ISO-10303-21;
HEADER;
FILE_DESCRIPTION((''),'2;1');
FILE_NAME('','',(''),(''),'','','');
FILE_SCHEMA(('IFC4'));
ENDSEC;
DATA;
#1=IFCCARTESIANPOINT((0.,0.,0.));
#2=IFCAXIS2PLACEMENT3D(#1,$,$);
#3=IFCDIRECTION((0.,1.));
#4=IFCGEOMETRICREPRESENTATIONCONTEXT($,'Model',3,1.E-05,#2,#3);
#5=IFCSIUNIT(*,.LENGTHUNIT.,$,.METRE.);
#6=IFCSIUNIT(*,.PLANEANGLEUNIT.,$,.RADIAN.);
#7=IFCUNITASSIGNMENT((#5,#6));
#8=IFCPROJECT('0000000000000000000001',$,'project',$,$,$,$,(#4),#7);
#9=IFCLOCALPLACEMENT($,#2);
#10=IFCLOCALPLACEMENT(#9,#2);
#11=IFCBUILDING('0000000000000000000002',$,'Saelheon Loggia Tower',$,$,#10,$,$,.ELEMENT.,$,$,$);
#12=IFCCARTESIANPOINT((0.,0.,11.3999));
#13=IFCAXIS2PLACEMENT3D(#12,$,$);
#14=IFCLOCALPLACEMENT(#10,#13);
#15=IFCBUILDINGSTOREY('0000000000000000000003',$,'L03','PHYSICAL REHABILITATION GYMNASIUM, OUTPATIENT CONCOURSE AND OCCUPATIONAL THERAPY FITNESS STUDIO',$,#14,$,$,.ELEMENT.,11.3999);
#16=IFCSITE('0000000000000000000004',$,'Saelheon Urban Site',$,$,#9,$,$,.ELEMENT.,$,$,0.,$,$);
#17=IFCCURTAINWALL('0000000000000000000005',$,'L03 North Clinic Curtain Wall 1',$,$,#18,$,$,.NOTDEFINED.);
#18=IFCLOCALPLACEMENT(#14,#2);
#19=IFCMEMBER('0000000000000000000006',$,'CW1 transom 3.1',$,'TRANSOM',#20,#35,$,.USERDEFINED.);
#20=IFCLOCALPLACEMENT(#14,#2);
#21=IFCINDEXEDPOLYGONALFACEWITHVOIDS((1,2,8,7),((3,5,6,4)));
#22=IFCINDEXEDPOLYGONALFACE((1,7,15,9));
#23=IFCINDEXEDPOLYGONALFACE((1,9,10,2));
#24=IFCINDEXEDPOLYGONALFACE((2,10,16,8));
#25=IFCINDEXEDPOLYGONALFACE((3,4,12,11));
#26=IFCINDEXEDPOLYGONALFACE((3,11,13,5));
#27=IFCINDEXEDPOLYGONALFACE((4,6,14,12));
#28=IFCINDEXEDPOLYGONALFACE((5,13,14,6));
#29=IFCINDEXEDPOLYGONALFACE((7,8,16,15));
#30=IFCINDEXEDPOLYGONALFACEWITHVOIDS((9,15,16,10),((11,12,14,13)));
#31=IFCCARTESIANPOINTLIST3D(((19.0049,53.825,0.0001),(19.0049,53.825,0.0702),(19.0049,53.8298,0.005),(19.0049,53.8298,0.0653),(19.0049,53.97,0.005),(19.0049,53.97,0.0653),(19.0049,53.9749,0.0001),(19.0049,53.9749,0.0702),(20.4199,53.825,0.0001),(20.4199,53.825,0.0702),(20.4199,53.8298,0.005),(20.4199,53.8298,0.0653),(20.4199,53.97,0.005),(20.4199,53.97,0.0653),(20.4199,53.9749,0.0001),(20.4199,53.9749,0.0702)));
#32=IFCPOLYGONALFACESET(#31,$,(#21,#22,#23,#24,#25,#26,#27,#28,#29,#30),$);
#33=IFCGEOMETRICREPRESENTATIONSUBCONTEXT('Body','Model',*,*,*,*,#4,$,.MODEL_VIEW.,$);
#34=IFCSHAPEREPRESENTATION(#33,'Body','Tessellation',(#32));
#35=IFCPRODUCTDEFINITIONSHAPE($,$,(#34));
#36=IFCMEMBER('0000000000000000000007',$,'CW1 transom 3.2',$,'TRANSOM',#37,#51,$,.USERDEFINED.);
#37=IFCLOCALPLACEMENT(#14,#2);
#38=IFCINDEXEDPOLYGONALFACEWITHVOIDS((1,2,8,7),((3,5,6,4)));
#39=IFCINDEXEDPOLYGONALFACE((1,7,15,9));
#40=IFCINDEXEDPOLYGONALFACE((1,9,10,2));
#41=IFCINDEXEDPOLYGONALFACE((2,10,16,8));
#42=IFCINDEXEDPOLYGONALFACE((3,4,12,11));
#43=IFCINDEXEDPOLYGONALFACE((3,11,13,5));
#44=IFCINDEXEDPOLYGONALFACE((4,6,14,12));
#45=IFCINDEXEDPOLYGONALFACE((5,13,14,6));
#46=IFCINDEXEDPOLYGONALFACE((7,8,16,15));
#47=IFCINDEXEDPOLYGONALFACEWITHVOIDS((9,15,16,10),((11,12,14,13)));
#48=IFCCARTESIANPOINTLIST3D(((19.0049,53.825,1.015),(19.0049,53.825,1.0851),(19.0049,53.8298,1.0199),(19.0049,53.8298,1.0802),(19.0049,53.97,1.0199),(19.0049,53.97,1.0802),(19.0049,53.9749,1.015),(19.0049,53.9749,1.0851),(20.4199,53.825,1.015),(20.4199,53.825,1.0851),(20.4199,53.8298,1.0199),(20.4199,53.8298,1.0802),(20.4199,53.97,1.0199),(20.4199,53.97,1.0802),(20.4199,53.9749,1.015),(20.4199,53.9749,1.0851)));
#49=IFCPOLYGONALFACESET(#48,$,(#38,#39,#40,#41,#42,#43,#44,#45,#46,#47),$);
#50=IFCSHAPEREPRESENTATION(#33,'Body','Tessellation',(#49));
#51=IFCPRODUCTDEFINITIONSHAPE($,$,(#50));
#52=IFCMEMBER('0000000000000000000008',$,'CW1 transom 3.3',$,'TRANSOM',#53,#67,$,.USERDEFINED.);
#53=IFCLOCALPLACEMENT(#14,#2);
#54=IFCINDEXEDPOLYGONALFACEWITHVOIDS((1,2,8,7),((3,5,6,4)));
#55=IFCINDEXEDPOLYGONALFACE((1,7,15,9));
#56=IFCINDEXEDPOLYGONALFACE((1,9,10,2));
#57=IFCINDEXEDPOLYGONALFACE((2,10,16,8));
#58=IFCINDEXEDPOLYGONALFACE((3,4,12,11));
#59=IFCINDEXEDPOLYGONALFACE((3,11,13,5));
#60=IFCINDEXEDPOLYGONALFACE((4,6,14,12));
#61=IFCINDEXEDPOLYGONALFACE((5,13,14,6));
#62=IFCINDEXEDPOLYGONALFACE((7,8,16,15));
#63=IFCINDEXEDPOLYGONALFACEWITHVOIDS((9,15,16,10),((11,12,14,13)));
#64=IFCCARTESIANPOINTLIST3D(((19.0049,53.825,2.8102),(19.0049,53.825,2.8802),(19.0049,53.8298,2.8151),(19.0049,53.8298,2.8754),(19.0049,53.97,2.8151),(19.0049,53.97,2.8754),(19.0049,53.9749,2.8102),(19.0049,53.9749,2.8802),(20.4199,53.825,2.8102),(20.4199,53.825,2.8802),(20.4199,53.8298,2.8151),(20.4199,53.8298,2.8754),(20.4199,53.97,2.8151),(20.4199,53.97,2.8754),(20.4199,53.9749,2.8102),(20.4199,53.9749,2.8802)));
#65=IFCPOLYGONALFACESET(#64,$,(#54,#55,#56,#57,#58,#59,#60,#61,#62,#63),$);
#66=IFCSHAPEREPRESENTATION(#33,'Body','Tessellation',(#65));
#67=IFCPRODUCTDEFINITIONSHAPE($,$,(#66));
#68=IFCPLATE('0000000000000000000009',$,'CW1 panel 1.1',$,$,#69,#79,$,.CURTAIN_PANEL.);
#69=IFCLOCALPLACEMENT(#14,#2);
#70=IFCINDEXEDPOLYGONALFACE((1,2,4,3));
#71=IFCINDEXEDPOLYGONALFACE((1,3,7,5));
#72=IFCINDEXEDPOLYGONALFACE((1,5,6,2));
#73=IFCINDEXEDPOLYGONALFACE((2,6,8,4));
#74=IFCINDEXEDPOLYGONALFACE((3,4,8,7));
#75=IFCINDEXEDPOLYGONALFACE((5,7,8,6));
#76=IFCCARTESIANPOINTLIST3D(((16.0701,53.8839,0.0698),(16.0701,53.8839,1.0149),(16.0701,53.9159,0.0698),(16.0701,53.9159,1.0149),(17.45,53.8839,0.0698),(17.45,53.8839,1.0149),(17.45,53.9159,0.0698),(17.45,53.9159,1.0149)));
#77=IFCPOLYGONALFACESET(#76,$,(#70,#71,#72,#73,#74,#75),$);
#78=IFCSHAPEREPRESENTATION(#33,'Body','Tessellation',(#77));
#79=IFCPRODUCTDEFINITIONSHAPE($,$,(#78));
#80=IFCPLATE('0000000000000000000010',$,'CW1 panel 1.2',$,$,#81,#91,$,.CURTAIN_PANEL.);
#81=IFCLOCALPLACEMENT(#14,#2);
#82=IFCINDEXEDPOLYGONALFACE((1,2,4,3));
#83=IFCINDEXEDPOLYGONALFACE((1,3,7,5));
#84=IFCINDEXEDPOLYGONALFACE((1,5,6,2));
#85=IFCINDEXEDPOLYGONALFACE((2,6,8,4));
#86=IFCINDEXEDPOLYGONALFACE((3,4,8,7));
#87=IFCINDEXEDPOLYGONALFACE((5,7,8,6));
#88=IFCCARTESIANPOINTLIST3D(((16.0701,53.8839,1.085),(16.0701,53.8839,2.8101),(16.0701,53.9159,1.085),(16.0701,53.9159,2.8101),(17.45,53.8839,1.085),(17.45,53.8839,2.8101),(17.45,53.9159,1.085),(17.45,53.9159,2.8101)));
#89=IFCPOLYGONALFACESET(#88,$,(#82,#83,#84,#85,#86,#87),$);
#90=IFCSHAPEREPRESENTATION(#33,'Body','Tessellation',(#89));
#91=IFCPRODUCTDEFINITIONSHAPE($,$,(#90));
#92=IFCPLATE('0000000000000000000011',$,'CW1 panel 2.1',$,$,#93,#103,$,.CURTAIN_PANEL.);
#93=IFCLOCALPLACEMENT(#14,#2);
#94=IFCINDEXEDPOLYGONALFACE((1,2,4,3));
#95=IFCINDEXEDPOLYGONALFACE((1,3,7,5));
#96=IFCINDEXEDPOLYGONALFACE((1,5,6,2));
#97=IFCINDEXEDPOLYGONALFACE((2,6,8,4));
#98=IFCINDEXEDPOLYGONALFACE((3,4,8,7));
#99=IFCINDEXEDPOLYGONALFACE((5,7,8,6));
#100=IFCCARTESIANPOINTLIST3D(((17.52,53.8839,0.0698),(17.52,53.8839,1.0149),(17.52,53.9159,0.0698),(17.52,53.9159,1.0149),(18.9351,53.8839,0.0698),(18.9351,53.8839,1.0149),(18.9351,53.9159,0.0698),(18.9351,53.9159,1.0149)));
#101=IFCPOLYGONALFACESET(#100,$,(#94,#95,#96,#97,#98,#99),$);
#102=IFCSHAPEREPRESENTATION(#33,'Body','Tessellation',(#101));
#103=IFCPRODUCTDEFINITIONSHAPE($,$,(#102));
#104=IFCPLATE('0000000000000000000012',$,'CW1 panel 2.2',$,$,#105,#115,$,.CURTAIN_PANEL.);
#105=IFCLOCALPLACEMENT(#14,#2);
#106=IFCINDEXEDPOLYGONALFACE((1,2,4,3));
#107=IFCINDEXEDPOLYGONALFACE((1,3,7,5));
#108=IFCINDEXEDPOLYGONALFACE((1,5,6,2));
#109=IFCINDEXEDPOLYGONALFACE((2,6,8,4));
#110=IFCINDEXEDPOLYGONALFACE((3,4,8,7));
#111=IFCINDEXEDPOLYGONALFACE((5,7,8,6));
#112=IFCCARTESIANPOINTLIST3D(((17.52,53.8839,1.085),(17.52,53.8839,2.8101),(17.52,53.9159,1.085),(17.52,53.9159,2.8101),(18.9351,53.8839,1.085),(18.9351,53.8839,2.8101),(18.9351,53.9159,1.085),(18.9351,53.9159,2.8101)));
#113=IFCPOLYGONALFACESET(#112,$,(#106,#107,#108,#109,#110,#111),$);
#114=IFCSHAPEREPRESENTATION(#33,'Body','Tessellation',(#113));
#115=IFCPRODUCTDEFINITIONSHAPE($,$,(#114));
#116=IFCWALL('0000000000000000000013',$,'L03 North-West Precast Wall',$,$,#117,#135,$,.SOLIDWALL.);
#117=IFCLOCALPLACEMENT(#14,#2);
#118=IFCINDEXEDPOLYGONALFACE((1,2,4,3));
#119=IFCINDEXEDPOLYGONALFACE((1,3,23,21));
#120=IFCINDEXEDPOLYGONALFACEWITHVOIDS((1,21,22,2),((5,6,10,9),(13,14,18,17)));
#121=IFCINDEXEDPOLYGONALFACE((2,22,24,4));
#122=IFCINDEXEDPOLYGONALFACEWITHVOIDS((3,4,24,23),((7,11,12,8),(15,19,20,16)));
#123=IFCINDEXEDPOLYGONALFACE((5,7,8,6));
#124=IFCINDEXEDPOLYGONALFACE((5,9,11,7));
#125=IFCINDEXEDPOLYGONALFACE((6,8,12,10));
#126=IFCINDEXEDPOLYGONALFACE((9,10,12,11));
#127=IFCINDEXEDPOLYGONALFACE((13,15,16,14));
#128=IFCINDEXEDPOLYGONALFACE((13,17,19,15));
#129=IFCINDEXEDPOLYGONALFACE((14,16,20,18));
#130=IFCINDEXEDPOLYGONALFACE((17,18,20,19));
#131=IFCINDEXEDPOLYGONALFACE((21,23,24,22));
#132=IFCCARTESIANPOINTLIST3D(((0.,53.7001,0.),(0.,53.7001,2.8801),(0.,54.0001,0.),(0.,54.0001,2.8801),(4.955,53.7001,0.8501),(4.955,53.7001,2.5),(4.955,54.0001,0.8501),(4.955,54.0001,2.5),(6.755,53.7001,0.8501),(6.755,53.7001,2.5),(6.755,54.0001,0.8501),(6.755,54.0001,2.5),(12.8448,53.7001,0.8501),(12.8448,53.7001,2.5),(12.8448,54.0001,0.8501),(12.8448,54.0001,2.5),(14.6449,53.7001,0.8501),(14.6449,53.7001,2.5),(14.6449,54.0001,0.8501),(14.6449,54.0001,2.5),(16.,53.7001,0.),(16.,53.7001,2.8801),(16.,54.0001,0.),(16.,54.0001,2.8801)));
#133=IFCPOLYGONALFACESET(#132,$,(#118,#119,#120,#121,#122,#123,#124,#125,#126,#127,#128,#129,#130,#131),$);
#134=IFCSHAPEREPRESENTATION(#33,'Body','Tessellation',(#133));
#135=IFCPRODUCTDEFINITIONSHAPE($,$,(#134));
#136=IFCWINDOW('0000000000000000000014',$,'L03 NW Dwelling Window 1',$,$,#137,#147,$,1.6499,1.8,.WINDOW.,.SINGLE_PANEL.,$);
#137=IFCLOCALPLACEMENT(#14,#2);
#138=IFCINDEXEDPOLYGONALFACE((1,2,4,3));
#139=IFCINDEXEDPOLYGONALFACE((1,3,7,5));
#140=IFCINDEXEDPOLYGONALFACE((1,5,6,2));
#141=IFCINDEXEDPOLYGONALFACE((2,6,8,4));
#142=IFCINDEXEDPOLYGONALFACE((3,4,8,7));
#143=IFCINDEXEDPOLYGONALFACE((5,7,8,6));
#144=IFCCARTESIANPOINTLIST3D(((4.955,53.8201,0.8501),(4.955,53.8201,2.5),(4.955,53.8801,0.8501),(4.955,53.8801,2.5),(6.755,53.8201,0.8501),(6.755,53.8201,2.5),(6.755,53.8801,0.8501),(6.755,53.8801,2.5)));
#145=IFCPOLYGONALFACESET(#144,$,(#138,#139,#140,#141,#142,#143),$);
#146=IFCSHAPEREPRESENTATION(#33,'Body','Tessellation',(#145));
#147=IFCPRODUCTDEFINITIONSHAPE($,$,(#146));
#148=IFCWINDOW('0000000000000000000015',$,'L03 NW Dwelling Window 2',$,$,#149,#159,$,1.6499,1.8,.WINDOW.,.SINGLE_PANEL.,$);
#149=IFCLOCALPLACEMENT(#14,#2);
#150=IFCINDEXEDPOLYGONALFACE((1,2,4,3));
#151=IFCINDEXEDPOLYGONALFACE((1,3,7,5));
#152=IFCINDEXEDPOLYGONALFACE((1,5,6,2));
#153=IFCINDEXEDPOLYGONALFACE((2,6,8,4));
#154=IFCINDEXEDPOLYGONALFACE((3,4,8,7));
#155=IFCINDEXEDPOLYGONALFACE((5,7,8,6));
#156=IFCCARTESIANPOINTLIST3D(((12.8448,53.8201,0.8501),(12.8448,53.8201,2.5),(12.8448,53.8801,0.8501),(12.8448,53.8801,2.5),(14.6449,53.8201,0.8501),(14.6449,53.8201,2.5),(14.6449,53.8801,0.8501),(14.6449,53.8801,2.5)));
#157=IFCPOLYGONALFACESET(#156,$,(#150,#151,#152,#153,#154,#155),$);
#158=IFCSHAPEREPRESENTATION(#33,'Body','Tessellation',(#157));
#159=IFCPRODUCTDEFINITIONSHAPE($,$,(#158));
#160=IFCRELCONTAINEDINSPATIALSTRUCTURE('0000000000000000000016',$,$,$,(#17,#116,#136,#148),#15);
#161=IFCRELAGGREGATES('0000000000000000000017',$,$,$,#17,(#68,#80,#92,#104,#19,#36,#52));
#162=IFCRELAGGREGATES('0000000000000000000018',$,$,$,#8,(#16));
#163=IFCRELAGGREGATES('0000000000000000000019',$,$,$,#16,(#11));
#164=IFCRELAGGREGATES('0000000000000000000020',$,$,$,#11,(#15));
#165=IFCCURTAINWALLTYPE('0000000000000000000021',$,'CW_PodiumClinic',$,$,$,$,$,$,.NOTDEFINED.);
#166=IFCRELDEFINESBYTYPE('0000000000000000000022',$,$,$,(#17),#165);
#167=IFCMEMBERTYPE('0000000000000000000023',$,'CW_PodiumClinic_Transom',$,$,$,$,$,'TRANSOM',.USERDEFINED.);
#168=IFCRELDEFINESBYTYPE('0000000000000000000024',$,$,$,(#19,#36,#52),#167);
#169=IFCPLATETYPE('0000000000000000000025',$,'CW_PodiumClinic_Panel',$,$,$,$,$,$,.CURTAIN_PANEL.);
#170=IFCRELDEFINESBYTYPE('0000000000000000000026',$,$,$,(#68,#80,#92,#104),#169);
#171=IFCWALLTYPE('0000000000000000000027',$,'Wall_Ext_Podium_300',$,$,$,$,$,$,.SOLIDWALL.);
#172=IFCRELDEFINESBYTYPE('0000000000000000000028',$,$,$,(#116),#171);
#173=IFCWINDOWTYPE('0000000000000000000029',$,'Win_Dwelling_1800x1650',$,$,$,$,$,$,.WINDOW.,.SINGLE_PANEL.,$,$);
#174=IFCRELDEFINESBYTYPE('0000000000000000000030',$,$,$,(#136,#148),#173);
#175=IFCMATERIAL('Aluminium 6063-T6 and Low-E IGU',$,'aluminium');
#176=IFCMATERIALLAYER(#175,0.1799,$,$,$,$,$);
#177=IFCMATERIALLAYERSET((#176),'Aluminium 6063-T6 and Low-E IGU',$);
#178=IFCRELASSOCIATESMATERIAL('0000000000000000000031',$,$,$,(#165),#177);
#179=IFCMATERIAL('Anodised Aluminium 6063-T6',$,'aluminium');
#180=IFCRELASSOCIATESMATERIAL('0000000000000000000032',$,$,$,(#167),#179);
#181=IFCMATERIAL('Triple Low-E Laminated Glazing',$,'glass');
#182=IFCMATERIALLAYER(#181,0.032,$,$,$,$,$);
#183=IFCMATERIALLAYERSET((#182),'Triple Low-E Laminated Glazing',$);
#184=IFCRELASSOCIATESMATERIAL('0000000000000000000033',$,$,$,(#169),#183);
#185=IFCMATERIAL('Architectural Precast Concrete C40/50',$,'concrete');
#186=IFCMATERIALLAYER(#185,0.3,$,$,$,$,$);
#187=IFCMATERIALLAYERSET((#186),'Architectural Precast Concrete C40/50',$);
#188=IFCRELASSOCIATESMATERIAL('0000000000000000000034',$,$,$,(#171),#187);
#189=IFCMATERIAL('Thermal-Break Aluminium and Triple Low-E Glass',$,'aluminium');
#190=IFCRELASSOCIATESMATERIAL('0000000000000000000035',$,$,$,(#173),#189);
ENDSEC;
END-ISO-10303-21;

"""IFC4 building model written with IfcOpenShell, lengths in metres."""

from ifc_helpers import new_model, si_unit, direction, frame, frame_2d, origin, origin_2d, place, context, subcontext, project, spatial, rectangle, hollow_rectangle, extrude, source, transform, mapped, material, layer, layer_set, material_profile, profile_set, type_object, element, fill, aggregate, save


model = new_model("IFC4")

# Units and contexts
model_context = context("Model", 3, precision=1e-05, world=origin(), true_north=direction((0.0, 1.0)))
body_context = subcontext(model_context, "Body", "Model", "MODEL_VIEW")
ifc_project = project(units=[si_unit("LENGTHUNIT", "METRE"), si_unit("PLANEANGLEUNIT", "RADIAN")], contexts=[model_context])

# Site, building, storey
site_placement = place(None, origin())
site = spatial("IfcSite", under=ifc_project, at=site_placement, Name="Saelheon Urban Site", CompositionType="ELEMENT", RefElevation=0.0)
building_placement = place(site_placement, origin())
building = spatial("IfcBuilding", under=site, at=building_placement, Name="Saelheon Loggia Tower", CompositionType="ELEMENT")
storey_placement = place(building_placement, frame((0.0, 0.0, 11.3999)))
storey = spatial("IfcBuildingStorey", under=building, at=storey_placement, Name="L03", Description="PHYSICAL REHABILITATION GYMNASIUM, OUTPATIENT CONCOURSE AND OCCUPATIONAL THERAPY FITNESS STUDIO", CompositionType="ELEMENT", Elevation=11.3999)

# Curtain wall, members, plates
ifc_material_1 = material(Name="Aluminium 6063-T6 and Low-E IGU", Category="aluminium")
ifc_layer_1 = layer(ifc_material_1, 0.1799)
ifc_layer_set_1 = layer_set([ifc_layer_1], Name="Aluminium 6063-T6 and Low-E IGU")
curtain_wall_type = type_object("IfcCurtainWallType", Name="CW_PodiumClinic", PredefinedType="NOTDEFINED", material=ifc_layer_set_1)
curtain_wall_placement = place(storey_placement, origin())
curtain_wall = element("IfcCurtainWall", 1, at=curtain_wall_placement, inside=storey, type_object=curtain_wall_type, Name="L03 North Clinic Curtain Wall 1", PredefinedType="NOTDEFINED")
ifc_material_2 = material(Name="Anodised Aluminium 6063-T6", Category="aluminium")
ifc_material_profile_1 = material_profile(ifc_material_2, hollow_rectangle(XDim=0.0701, YDim=0.1499, WallThickness=0.0049, at=origin_2d()), Name="RHS-150x70x5")
ifc_profile_set_1 = profile_set([ifc_material_profile_1], Name="Anodised Aluminium 6063-T6")
member_type_1 = type_object("IfcMemberType", Name="CW_PodiumClinic_Transom", ElementType="TRANSOM", PredefinedType="USERDEFINED", material=ifc_profile_set_1)
shared_shape_1 = source(origin(), body_context, "Body", "SweptSolid", [
    extrude(hollow_rectangle(XDim=0.0701, YDim=0.1499, WallThickness=0.0049, at=origin_2d()), origin(), (0.0, 0.0, 1.0), 1.415),
])
member_1_placement = place(storey_placement, frame((19.0049, 53.8999, 0.0352), z_axis=(1.0, 0.0, 0.0), x_axis=(0.0, 0.0, 1.0)))
member_1 = element("IfcMember", 2, at=member_1_placement, type_object=member_type_1, Name="CW1 transom 3.1", ObjectType="TRANSOM", PredefinedType="USERDEFINED", context=body_context, shape_type="MappedRepresentation", body=[
    mapped(shared_shape_1, transform((0.0, 0.0, 0.0), scale=1.0)),
])
member_2_placement = place(storey_placement, frame((19.0049, 53.8999, 1.05), z_axis=(1.0, 0.0, 0.0), x_axis=(0.0, 0.0, 1.0)))
member_2 = element("IfcMember", 3, at=member_2_placement, type_object=member_type_1, Name="CW1 transom 3.2", ObjectType="TRANSOM", PredefinedType="USERDEFINED", context=body_context, shape_type="MappedRepresentation", body=[
    mapped(shared_shape_1, transform((0.0, 0.0, 0.0), scale=1.0)),
])
member_3_placement = place(storey_placement, frame((19.0049, 53.8999, 2.8452), z_axis=(1.0, 0.0, 0.0), x_axis=(0.0, 0.0, 1.0)))
member_3 = element("IfcMember", 4, at=member_3_placement, type_object=member_type_1, Name="CW1 transom 3.3", ObjectType="TRANSOM", PredefinedType="USERDEFINED", context=body_context, shape_type="MappedRepresentation", body=[
    mapped(shared_shape_1, transform((0.0, 0.0, 0.0), scale=1.0)),
])
ifc_material_3 = material(Name="Triple Low-E Laminated Glazing", Category="glass")
ifc_layer_2 = layer(ifc_material_3, 0.032)
ifc_layer_set_2 = layer_set([ifc_layer_2], Name="Triple Low-E Laminated Glazing")
plate_type = type_object("IfcPlateType", Name="CW_PodiumClinic_Panel", PredefinedType="CURTAIN_PANEL", material=ifc_layer_set_2)
shared_shape_2 = source(origin(), body_context, "Body", "SweptSolid", [
    extrude(rectangle(XDim=1.3799, YDim=0.032, at=origin_2d()), origin(), (0.0, 0.0, 1.0), 0.9451),
])
plate_1_placement = place(storey_placement, frame((16.76, 53.8999, 0.0698), z_axis=(0.0, 0.0, 1.0), x_axis=(1.0, 0.0, 0.0)))
plate_1 = element("IfcPlate", 5, at=plate_1_placement, type_object=plate_type, Name="CW1 panel 1.1", PredefinedType="CURTAIN_PANEL", context=body_context, shape_type="MappedRepresentation", body=[
    mapped(shared_shape_2, transform((0.0, 0.0, 0.0), scale=1.0)),
])
shared_shape_3 = source(origin(), body_context, "Body", "SweptSolid", [
    extrude(rectangle(XDim=1.3799, YDim=0.032, at=origin_2d()), origin(), (0.0, 0.0, 1.0), 1.7251),
])
plate_2_placement = place(storey_placement, frame((16.76, 53.8999, 1.085), z_axis=(0.0, 0.0, 1.0), x_axis=(1.0, 0.0, 0.0)))
plate_2 = element("IfcPlate", 6, at=plate_2_placement, type_object=plate_type, Name="CW1 panel 1.2", PredefinedType="CURTAIN_PANEL", context=body_context, shape_type="MappedRepresentation", body=[
    mapped(shared_shape_3, transform((0.0, 0.0, 0.0), scale=1.0)),
])
shared_shape_4 = source(origin(), body_context, "Body", "SweptSolid", [
    extrude(rectangle(XDim=1.415, YDim=0.032, at=origin_2d()), origin(), (0.0, 0.0, 1.0), 0.9451),
])
plate_3_placement = place(storey_placement, frame((18.2275, 53.8999, 0.0698), z_axis=(0.0, 0.0, 1.0), x_axis=(1.0, 0.0, 0.0)))
plate_3 = element("IfcPlate", 7, at=plate_3_placement, type_object=plate_type, Name="CW1 panel 2.1", PredefinedType="CURTAIN_PANEL", context=body_context, shape_type="MappedRepresentation", body=[
    mapped(shared_shape_4, transform((0.0, 0.0, 0.0), scale=1.0)),
])
shared_shape_5 = source(origin(), body_context, "Body", "SweptSolid", [
    extrude(rectangle(XDim=1.415, YDim=0.032, at=origin_2d()), origin(), (0.0, 0.0, 1.0), 1.7251),
])
plate_4_placement = place(storey_placement, frame((18.2275, 53.8999, 1.085), z_axis=(0.0, 0.0, 1.0), x_axis=(1.0, 0.0, 0.0)))
plate_4 = element("IfcPlate", 8, at=plate_4_placement, type_object=plate_type, Name="CW1 panel 2.2", PredefinedType="CURTAIN_PANEL", context=body_context, shape_type="MappedRepresentation", body=[
    mapped(shared_shape_5, transform((0.0, 0.0, 0.0), scale=1.0)),
])
aggregate(curtain_wall, [plate_1, plate_2, plate_3, plate_4, member_1, member_2, member_3])

# Wall, openings, windows
ifc_material_4 = material(Name="Architectural Precast Concrete C40/50", Category="concrete")
ifc_layer_3 = layer(ifc_material_4, 0.3)
ifc_layer_set_3 = layer_set([ifc_layer_3], Name="Architectural Precast Concrete C40/50")
wall_type = type_object("IfcWallType", Name="Wall_Ext_Podium_300", PredefinedType="SOLIDWALL", material=ifc_layer_set_3)
wall_placement = place(storey_placement, frame((0.0, 53.8501, 0.0), z_axis=(0.0, 0.0, 1.0), x_axis=(1.0, 0.0, 0.0)))
wall = element("IfcWall", 9, at=wall_placement, inside=storey, type_object=wall_type, Name="L03 North-West Precast Wall", PredefinedType="SOLIDWALL", context=body_context, shape_type="SweptSolid", body=[
    extrude(rectangle(XDim=16.0, YDim=0.3, at=frame_2d((8.0, 0.0))), origin(), (0.0, 0.0, 1.0), 2.8801),
])
opening_1_placement = place(wall_placement, frame((4.9551, 0.0, 0.8501)))
opening_1 = element("IfcOpeningElement", 10, at=opening_1_placement, cuts=wall, PredefinedType="OPENING", context=body_context, shape_type="SweptSolid", body=[
    extrude(rectangle(XDim=1.8, YDim=1.6499, at=frame_2d((0.8999, 0.825))), frame((0.0, 0.1621, 0.0), z_axis=(0.0, -1.0, 0.0), x_axis=(1.0, 0.0, 0.0)), (0.0, 0.0, 1.0), 0.324),
])
opening_2_placement = place(wall_placement, frame((12.845, 0.0, 0.8501)))
opening_2 = element("IfcOpeningElement", 11, at=opening_2_placement, cuts=wall, PredefinedType="OPENING", context=body_context, shape_type="SweptSolid", body=[
    extrude(rectangle(XDim=1.8, YDim=1.6499, at=frame_2d((0.8999, 0.825))), frame((0.0, 0.1621, 0.0), z_axis=(0.0, -1.0, 0.0), x_axis=(1.0, 0.0, 0.0)), (0.0, 0.0, 1.0), 0.324),
])
ifc_material_5 = material(Name="Thermal-Break Aluminium and Triple Low-E Glass", Category="aluminium")
window_type = type_object("IfcWindowType", Name="Win_Dwelling_1800x1650", PartitioningType="SINGLE_PANEL", PredefinedType="WINDOW", material=ifc_material_5)
shared_shape_6 = source(origin(), body_context, "Body", "SweptSolid", [
    extrude(rectangle(XDim=1.8, YDim=1.6499, at=frame_2d((0.8999, 0.825))), frame((0.0, 0.03, 0.0), z_axis=(0.0, -1.0, 0.0), x_axis=(1.0, 0.0, 0.0)), (0.0, 0.0, 1.0), 0.0601),
])
window_1_placement = place(opening_1_placement, origin())
window_1 = element("IfcWindow", 12, at=window_1_placement, inside=storey, type_object=window_type, Name="L03 NW Dwelling Window 1", OverallHeight=1.6499, OverallWidth=1.8, PartitioningType="SINGLE_PANEL", PredefinedType="WINDOW", context=body_context, shape_type="MappedRepresentation", body=[
    mapped(shared_shape_6, transform((0.0, 0.0, 0.0), scale=1.0)),
])
fill(opening_1, window_1)
window_2_placement = place(opening_2_placement, origin())
window_2 = element("IfcWindow", 13, at=window_2_placement, inside=storey, type_object=window_type, Name="L03 NW Dwelling Window 2", OverallHeight=1.6499, OverallWidth=1.8, PartitioningType="SINGLE_PANEL", PredefinedType="WINDOW", context=body_context, shape_type="MappedRepresentation", body=[
    mapped(shared_shape_6, transform((0.0, 0.0, 0.0), scale=1.0)),
])
fill(opening_2, window_2)

save(model, "model.ifc")
